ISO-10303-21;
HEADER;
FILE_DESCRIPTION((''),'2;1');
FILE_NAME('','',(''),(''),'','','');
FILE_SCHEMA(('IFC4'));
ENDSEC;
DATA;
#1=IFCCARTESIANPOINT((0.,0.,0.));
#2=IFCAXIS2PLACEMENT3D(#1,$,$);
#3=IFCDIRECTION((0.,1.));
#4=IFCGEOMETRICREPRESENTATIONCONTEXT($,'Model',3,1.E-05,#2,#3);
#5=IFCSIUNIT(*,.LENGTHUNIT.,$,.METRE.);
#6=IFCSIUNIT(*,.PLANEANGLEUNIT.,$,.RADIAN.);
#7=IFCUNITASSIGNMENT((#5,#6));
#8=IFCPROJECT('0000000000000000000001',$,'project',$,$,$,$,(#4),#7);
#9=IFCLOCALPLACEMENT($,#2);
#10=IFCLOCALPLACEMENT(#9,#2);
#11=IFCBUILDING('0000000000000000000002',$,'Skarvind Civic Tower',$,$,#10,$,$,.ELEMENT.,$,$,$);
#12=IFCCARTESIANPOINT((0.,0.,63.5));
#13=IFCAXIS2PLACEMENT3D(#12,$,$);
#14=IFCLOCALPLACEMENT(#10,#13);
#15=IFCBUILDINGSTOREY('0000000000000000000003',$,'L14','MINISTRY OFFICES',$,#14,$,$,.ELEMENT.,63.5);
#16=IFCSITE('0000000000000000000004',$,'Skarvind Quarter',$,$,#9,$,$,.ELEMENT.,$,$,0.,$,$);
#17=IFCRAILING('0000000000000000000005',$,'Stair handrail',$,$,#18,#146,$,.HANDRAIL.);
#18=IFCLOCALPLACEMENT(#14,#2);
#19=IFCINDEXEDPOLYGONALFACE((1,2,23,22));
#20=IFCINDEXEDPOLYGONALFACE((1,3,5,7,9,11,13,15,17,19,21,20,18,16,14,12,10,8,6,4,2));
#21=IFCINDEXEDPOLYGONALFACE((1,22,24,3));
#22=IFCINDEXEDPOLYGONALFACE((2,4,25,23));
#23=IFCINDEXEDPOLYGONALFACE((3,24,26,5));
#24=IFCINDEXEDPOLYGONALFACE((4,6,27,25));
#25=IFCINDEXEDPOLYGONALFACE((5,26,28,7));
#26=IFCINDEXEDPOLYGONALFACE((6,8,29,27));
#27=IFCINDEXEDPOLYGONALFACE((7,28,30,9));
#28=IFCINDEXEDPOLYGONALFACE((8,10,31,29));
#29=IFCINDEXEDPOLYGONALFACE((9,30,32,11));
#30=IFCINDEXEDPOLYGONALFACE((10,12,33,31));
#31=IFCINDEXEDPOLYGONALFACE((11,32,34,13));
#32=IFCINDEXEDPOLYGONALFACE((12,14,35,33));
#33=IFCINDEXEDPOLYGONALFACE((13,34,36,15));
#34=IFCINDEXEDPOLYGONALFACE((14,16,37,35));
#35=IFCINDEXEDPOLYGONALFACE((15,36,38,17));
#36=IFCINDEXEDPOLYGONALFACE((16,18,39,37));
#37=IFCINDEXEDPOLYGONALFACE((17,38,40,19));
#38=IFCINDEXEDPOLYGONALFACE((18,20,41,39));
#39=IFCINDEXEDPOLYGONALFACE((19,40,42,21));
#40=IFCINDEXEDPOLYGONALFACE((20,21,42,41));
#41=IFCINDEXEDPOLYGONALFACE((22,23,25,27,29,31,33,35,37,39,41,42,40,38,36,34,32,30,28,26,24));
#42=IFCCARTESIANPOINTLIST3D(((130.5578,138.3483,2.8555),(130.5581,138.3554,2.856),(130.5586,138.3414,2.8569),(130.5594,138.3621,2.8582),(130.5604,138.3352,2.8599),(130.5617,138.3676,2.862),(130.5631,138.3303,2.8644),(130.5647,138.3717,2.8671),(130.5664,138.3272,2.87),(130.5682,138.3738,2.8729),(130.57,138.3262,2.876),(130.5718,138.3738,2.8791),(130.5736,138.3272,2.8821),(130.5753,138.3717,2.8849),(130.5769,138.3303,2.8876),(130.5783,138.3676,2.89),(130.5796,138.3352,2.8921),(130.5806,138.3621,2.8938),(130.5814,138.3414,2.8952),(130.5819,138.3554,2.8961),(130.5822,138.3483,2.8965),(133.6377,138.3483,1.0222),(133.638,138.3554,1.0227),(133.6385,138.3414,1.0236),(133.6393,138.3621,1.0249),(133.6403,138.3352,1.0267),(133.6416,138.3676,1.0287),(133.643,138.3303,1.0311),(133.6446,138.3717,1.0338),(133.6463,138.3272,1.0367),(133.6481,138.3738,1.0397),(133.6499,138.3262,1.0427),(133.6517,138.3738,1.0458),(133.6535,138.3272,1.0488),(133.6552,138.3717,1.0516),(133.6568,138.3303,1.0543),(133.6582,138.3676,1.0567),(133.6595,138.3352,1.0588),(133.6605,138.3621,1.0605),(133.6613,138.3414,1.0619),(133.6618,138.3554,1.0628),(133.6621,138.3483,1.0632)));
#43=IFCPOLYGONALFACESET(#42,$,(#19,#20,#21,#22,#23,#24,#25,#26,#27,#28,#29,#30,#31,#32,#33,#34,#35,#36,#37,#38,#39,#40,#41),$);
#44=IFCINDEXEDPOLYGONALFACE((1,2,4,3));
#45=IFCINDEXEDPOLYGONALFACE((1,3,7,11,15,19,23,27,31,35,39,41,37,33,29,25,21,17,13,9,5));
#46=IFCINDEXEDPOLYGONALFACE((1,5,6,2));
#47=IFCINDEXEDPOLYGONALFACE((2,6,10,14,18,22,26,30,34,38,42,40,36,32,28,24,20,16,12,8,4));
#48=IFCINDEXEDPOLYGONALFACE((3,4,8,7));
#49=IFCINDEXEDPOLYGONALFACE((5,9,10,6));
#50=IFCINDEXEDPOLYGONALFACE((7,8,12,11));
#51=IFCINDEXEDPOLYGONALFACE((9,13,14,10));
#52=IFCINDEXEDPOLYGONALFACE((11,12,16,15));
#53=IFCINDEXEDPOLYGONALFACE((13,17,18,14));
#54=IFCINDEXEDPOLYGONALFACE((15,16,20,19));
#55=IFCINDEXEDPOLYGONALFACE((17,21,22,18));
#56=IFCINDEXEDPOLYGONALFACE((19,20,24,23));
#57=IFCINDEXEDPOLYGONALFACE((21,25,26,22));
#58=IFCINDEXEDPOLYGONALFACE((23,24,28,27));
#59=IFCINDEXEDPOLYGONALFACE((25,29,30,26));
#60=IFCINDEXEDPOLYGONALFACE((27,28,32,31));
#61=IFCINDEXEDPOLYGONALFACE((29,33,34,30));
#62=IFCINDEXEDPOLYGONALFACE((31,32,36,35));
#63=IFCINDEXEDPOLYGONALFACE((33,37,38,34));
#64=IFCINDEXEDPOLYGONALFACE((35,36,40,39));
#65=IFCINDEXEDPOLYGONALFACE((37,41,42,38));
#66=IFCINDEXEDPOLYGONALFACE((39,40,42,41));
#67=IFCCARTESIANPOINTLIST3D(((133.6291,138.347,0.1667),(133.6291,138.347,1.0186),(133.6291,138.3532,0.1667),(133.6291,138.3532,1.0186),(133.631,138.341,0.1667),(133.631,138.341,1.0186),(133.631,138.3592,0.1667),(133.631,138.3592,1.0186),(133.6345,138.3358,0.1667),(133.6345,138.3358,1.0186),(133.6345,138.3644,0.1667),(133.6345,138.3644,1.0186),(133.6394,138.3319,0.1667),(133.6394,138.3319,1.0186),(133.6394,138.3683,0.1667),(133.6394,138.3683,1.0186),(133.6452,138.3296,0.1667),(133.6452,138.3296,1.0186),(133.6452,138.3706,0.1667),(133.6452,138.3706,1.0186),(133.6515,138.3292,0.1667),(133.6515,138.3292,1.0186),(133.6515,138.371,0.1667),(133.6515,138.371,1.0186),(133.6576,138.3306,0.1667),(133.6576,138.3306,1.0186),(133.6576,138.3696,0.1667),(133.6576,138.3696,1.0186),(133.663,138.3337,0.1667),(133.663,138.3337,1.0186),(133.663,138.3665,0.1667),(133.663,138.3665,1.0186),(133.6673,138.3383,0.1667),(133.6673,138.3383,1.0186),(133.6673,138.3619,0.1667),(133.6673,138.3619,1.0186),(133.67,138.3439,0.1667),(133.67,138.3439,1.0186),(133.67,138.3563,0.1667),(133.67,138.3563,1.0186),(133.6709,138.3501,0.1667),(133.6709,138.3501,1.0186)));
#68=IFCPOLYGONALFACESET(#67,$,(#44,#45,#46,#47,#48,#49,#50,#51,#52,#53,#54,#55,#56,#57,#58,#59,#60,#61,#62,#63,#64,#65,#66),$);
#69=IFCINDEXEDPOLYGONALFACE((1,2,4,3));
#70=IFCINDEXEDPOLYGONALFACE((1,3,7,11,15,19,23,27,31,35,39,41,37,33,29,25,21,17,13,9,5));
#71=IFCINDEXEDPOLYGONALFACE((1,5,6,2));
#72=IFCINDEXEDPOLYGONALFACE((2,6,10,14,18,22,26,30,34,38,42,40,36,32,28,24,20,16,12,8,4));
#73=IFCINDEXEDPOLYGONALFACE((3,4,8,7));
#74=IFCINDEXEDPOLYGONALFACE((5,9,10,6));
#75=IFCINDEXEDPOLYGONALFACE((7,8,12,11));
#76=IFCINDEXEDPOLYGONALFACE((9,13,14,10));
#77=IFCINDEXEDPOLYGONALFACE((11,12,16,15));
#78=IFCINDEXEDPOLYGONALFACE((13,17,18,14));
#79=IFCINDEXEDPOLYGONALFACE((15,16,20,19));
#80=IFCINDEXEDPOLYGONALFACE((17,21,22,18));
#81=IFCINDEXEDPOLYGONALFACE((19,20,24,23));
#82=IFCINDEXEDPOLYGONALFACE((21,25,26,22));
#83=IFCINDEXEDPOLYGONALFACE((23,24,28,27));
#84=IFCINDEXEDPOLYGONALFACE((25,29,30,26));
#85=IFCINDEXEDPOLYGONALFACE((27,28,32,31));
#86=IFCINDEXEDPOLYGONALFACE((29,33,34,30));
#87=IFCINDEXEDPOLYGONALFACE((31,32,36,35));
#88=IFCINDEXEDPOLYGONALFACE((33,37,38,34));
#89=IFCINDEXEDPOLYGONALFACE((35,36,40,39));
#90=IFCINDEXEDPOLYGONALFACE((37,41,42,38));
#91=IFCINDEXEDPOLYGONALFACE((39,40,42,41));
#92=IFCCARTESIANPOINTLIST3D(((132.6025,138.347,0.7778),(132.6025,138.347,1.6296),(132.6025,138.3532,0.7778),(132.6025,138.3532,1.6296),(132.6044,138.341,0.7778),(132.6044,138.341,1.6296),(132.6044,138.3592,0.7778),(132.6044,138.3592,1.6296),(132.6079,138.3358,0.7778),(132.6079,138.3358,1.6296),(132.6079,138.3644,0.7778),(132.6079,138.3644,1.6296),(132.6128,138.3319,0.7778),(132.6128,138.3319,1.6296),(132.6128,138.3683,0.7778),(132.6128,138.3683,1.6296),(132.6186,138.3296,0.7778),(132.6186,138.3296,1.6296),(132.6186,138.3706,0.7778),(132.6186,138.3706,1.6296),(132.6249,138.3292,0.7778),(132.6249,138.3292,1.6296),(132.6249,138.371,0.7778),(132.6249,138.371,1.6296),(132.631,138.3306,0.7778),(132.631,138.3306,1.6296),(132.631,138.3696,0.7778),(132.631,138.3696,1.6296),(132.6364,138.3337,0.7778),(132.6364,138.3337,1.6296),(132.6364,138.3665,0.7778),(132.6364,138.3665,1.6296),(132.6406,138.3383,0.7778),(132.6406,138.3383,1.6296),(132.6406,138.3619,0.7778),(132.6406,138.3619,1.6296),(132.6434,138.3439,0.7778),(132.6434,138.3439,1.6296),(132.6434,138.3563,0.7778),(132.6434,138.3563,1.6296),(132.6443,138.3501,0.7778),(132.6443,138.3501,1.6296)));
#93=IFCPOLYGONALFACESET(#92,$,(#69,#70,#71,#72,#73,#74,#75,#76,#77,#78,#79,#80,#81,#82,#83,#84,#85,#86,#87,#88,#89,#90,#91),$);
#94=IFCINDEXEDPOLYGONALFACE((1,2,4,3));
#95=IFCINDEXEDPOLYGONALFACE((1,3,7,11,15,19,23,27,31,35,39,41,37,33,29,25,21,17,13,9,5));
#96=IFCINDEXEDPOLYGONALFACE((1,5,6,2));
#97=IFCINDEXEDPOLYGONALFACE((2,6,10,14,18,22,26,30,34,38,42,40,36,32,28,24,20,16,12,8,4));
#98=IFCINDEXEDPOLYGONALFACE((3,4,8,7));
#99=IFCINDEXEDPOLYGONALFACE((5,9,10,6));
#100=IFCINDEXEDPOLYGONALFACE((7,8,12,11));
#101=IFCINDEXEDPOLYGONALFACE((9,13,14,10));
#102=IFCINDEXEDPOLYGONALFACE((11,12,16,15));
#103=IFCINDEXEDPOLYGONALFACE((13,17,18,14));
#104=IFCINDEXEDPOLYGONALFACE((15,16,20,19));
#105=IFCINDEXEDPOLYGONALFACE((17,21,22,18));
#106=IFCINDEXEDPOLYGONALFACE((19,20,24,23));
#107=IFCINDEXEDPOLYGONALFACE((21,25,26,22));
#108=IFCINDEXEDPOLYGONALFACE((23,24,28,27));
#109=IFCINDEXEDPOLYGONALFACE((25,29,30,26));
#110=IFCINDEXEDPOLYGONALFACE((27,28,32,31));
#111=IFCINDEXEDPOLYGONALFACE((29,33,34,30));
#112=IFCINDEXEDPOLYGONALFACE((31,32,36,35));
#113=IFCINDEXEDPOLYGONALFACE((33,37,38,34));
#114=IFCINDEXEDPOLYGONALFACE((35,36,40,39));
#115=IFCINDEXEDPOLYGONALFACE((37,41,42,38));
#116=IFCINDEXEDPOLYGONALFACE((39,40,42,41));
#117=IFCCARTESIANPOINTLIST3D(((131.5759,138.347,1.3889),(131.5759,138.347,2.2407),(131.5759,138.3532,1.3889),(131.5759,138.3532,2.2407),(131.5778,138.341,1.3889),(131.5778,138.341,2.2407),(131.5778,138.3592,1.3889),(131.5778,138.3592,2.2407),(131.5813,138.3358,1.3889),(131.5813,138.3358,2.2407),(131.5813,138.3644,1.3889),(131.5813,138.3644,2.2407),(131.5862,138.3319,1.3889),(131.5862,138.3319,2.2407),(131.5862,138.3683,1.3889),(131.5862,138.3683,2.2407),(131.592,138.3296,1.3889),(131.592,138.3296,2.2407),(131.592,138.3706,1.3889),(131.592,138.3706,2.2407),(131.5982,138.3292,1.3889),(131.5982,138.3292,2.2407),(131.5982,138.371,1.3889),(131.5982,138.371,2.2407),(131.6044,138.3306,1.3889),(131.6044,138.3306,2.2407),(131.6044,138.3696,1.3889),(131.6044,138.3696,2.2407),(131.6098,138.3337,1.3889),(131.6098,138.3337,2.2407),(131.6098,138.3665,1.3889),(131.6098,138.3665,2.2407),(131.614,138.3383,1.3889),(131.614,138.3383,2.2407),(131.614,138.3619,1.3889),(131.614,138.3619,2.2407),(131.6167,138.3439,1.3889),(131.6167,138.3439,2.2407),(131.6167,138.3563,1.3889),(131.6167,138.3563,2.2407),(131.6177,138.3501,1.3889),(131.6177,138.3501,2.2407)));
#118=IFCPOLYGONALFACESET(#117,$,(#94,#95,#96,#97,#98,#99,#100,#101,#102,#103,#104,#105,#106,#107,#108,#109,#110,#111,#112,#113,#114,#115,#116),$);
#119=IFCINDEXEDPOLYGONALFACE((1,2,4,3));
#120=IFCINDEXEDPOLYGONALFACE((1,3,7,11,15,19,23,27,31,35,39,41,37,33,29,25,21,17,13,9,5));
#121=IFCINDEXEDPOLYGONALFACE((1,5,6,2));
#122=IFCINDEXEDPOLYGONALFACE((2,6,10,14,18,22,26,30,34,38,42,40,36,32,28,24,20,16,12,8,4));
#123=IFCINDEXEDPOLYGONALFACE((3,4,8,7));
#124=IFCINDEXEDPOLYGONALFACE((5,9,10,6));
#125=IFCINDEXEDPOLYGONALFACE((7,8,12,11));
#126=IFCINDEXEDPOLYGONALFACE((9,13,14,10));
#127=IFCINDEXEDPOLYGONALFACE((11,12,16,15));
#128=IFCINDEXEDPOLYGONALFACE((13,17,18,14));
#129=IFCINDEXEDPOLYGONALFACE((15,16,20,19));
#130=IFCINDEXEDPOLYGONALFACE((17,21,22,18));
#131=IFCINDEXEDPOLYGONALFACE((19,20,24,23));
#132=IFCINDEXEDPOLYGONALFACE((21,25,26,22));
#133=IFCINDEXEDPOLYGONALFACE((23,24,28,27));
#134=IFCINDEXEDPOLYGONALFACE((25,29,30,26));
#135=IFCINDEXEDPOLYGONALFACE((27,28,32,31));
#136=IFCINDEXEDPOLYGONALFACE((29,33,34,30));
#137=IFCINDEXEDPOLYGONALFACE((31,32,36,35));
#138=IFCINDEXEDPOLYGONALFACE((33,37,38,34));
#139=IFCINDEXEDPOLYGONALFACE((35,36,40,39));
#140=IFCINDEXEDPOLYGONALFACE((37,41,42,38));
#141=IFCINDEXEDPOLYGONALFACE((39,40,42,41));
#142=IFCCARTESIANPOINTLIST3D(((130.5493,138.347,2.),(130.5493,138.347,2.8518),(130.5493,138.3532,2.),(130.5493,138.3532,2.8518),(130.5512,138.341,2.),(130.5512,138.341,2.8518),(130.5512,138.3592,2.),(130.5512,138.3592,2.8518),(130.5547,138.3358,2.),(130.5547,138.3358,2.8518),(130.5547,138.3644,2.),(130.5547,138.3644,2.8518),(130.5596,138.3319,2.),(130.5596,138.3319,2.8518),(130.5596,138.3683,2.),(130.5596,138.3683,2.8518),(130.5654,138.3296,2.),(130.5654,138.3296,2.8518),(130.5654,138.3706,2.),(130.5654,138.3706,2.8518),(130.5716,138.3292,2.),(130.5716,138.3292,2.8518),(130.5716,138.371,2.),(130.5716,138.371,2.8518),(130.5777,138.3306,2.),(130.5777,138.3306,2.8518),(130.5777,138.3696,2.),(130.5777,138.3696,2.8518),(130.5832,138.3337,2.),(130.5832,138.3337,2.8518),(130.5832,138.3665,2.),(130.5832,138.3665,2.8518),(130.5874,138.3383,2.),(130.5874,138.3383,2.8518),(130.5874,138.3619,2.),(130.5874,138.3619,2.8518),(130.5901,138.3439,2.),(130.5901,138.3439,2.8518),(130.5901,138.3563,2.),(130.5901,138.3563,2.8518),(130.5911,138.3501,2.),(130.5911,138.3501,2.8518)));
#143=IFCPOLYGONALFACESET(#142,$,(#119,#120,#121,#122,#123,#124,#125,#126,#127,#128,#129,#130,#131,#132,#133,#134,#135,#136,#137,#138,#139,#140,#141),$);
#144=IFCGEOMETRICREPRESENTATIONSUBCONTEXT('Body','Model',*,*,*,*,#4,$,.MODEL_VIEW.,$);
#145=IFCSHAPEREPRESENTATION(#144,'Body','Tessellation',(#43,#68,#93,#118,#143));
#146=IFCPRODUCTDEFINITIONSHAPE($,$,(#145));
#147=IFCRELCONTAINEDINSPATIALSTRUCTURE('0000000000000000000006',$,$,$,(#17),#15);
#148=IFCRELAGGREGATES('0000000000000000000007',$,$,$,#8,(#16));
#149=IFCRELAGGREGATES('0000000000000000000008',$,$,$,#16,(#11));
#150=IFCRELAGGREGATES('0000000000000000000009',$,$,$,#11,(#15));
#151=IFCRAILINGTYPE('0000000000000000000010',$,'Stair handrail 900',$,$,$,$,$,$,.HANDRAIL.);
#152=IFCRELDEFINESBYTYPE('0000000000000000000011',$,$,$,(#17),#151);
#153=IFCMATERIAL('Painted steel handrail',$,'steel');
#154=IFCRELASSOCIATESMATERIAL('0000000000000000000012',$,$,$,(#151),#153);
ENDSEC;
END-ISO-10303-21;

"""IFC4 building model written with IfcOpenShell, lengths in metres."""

from ifc_helpers import new_model, si_unit, direction, frame, origin, origin_2d, place, context, subcontext, project, spatial, circle, extrude, material, type_object, element, save


model = new_model("IFC4")

# Units and contexts
model_context = context("Model", 3, precision=1e-05, world=origin(), true_north=direction((0.0, 1.0)))
body_context = subcontext(model_context, "Body", "Model", "MODEL_VIEW")
ifc_project = project(units=[si_unit("LENGTHUNIT", "METRE"), si_unit("PLANEANGLEUNIT", "RADIAN")], contexts=[model_context])

# Site, building, storey
site_placement = place(None, origin())
site = spatial("IfcSite", under=ifc_project, at=site_placement, Name="Skarvind Quarter", CompositionType="ELEMENT", RefElevation=0.0)
building_placement = place(site_placement, origin())
building = spatial("IfcBuilding", under=site, at=building_placement, Name="Skarvind Civic Tower", CompositionType="ELEMENT")
storey_placement = place(building_placement, frame((0.0, 0.0, 63.5)))
storey = spatial("IfcBuildingStorey", under=building, at=storey_placement, Name="L14", Description="MINISTRY OFFICES", CompositionType="ELEMENT", Elevation=63.5)

# Railing
ifc_material_1 = material(Name="Painted steel handrail", Category="steel")
railing_type = type_object("IfcRailingType", Name="Stair handrail 900", PredefinedType="HANDRAIL", material=ifc_material_1)
railing_placement = place(storey_placement, frame((133.6499, 138.3501, 0.1667)))
element("IfcRailing", 1, at=railing_placement, inside=storey, type_object=railing_type, Name="Stair handrail", PredefinedType="HANDRAIL", context=body_context, shape_type="SweptSolid", body=[
    extrude(circle(Radius=0.0239, at=origin_2d()), frame((0.0, 0.0, 0.876), z_axis=(-0.859291, 0.0, 0.511487), x_axis=(0.0, -1.0, 0.0)), (0.0, 0.0, 1.0), 3.5842),
    extrude(circle(Radius=0.021, at=origin_2d()), origin(), (0.0, 0.0, 1.0), 0.8518),
    extrude(circle(Radius=0.021, at=origin_2d()), frame((-1.0266, 0.0, 0.6111)), (0.0, 0.0, 1.0), 0.8518),
    extrude(circle(Radius=0.021, at=origin_2d()), frame((-2.0532, 0.0, 1.2222)), (0.0, 0.0, 1.0), 0.8518),
    extrude(circle(Radius=0.021, at=origin_2d()), frame((-3.0798, 0.0, 1.8333)), (0.0, 0.0, 1.0), 0.8518),
])

save(model, "model.ifc")
